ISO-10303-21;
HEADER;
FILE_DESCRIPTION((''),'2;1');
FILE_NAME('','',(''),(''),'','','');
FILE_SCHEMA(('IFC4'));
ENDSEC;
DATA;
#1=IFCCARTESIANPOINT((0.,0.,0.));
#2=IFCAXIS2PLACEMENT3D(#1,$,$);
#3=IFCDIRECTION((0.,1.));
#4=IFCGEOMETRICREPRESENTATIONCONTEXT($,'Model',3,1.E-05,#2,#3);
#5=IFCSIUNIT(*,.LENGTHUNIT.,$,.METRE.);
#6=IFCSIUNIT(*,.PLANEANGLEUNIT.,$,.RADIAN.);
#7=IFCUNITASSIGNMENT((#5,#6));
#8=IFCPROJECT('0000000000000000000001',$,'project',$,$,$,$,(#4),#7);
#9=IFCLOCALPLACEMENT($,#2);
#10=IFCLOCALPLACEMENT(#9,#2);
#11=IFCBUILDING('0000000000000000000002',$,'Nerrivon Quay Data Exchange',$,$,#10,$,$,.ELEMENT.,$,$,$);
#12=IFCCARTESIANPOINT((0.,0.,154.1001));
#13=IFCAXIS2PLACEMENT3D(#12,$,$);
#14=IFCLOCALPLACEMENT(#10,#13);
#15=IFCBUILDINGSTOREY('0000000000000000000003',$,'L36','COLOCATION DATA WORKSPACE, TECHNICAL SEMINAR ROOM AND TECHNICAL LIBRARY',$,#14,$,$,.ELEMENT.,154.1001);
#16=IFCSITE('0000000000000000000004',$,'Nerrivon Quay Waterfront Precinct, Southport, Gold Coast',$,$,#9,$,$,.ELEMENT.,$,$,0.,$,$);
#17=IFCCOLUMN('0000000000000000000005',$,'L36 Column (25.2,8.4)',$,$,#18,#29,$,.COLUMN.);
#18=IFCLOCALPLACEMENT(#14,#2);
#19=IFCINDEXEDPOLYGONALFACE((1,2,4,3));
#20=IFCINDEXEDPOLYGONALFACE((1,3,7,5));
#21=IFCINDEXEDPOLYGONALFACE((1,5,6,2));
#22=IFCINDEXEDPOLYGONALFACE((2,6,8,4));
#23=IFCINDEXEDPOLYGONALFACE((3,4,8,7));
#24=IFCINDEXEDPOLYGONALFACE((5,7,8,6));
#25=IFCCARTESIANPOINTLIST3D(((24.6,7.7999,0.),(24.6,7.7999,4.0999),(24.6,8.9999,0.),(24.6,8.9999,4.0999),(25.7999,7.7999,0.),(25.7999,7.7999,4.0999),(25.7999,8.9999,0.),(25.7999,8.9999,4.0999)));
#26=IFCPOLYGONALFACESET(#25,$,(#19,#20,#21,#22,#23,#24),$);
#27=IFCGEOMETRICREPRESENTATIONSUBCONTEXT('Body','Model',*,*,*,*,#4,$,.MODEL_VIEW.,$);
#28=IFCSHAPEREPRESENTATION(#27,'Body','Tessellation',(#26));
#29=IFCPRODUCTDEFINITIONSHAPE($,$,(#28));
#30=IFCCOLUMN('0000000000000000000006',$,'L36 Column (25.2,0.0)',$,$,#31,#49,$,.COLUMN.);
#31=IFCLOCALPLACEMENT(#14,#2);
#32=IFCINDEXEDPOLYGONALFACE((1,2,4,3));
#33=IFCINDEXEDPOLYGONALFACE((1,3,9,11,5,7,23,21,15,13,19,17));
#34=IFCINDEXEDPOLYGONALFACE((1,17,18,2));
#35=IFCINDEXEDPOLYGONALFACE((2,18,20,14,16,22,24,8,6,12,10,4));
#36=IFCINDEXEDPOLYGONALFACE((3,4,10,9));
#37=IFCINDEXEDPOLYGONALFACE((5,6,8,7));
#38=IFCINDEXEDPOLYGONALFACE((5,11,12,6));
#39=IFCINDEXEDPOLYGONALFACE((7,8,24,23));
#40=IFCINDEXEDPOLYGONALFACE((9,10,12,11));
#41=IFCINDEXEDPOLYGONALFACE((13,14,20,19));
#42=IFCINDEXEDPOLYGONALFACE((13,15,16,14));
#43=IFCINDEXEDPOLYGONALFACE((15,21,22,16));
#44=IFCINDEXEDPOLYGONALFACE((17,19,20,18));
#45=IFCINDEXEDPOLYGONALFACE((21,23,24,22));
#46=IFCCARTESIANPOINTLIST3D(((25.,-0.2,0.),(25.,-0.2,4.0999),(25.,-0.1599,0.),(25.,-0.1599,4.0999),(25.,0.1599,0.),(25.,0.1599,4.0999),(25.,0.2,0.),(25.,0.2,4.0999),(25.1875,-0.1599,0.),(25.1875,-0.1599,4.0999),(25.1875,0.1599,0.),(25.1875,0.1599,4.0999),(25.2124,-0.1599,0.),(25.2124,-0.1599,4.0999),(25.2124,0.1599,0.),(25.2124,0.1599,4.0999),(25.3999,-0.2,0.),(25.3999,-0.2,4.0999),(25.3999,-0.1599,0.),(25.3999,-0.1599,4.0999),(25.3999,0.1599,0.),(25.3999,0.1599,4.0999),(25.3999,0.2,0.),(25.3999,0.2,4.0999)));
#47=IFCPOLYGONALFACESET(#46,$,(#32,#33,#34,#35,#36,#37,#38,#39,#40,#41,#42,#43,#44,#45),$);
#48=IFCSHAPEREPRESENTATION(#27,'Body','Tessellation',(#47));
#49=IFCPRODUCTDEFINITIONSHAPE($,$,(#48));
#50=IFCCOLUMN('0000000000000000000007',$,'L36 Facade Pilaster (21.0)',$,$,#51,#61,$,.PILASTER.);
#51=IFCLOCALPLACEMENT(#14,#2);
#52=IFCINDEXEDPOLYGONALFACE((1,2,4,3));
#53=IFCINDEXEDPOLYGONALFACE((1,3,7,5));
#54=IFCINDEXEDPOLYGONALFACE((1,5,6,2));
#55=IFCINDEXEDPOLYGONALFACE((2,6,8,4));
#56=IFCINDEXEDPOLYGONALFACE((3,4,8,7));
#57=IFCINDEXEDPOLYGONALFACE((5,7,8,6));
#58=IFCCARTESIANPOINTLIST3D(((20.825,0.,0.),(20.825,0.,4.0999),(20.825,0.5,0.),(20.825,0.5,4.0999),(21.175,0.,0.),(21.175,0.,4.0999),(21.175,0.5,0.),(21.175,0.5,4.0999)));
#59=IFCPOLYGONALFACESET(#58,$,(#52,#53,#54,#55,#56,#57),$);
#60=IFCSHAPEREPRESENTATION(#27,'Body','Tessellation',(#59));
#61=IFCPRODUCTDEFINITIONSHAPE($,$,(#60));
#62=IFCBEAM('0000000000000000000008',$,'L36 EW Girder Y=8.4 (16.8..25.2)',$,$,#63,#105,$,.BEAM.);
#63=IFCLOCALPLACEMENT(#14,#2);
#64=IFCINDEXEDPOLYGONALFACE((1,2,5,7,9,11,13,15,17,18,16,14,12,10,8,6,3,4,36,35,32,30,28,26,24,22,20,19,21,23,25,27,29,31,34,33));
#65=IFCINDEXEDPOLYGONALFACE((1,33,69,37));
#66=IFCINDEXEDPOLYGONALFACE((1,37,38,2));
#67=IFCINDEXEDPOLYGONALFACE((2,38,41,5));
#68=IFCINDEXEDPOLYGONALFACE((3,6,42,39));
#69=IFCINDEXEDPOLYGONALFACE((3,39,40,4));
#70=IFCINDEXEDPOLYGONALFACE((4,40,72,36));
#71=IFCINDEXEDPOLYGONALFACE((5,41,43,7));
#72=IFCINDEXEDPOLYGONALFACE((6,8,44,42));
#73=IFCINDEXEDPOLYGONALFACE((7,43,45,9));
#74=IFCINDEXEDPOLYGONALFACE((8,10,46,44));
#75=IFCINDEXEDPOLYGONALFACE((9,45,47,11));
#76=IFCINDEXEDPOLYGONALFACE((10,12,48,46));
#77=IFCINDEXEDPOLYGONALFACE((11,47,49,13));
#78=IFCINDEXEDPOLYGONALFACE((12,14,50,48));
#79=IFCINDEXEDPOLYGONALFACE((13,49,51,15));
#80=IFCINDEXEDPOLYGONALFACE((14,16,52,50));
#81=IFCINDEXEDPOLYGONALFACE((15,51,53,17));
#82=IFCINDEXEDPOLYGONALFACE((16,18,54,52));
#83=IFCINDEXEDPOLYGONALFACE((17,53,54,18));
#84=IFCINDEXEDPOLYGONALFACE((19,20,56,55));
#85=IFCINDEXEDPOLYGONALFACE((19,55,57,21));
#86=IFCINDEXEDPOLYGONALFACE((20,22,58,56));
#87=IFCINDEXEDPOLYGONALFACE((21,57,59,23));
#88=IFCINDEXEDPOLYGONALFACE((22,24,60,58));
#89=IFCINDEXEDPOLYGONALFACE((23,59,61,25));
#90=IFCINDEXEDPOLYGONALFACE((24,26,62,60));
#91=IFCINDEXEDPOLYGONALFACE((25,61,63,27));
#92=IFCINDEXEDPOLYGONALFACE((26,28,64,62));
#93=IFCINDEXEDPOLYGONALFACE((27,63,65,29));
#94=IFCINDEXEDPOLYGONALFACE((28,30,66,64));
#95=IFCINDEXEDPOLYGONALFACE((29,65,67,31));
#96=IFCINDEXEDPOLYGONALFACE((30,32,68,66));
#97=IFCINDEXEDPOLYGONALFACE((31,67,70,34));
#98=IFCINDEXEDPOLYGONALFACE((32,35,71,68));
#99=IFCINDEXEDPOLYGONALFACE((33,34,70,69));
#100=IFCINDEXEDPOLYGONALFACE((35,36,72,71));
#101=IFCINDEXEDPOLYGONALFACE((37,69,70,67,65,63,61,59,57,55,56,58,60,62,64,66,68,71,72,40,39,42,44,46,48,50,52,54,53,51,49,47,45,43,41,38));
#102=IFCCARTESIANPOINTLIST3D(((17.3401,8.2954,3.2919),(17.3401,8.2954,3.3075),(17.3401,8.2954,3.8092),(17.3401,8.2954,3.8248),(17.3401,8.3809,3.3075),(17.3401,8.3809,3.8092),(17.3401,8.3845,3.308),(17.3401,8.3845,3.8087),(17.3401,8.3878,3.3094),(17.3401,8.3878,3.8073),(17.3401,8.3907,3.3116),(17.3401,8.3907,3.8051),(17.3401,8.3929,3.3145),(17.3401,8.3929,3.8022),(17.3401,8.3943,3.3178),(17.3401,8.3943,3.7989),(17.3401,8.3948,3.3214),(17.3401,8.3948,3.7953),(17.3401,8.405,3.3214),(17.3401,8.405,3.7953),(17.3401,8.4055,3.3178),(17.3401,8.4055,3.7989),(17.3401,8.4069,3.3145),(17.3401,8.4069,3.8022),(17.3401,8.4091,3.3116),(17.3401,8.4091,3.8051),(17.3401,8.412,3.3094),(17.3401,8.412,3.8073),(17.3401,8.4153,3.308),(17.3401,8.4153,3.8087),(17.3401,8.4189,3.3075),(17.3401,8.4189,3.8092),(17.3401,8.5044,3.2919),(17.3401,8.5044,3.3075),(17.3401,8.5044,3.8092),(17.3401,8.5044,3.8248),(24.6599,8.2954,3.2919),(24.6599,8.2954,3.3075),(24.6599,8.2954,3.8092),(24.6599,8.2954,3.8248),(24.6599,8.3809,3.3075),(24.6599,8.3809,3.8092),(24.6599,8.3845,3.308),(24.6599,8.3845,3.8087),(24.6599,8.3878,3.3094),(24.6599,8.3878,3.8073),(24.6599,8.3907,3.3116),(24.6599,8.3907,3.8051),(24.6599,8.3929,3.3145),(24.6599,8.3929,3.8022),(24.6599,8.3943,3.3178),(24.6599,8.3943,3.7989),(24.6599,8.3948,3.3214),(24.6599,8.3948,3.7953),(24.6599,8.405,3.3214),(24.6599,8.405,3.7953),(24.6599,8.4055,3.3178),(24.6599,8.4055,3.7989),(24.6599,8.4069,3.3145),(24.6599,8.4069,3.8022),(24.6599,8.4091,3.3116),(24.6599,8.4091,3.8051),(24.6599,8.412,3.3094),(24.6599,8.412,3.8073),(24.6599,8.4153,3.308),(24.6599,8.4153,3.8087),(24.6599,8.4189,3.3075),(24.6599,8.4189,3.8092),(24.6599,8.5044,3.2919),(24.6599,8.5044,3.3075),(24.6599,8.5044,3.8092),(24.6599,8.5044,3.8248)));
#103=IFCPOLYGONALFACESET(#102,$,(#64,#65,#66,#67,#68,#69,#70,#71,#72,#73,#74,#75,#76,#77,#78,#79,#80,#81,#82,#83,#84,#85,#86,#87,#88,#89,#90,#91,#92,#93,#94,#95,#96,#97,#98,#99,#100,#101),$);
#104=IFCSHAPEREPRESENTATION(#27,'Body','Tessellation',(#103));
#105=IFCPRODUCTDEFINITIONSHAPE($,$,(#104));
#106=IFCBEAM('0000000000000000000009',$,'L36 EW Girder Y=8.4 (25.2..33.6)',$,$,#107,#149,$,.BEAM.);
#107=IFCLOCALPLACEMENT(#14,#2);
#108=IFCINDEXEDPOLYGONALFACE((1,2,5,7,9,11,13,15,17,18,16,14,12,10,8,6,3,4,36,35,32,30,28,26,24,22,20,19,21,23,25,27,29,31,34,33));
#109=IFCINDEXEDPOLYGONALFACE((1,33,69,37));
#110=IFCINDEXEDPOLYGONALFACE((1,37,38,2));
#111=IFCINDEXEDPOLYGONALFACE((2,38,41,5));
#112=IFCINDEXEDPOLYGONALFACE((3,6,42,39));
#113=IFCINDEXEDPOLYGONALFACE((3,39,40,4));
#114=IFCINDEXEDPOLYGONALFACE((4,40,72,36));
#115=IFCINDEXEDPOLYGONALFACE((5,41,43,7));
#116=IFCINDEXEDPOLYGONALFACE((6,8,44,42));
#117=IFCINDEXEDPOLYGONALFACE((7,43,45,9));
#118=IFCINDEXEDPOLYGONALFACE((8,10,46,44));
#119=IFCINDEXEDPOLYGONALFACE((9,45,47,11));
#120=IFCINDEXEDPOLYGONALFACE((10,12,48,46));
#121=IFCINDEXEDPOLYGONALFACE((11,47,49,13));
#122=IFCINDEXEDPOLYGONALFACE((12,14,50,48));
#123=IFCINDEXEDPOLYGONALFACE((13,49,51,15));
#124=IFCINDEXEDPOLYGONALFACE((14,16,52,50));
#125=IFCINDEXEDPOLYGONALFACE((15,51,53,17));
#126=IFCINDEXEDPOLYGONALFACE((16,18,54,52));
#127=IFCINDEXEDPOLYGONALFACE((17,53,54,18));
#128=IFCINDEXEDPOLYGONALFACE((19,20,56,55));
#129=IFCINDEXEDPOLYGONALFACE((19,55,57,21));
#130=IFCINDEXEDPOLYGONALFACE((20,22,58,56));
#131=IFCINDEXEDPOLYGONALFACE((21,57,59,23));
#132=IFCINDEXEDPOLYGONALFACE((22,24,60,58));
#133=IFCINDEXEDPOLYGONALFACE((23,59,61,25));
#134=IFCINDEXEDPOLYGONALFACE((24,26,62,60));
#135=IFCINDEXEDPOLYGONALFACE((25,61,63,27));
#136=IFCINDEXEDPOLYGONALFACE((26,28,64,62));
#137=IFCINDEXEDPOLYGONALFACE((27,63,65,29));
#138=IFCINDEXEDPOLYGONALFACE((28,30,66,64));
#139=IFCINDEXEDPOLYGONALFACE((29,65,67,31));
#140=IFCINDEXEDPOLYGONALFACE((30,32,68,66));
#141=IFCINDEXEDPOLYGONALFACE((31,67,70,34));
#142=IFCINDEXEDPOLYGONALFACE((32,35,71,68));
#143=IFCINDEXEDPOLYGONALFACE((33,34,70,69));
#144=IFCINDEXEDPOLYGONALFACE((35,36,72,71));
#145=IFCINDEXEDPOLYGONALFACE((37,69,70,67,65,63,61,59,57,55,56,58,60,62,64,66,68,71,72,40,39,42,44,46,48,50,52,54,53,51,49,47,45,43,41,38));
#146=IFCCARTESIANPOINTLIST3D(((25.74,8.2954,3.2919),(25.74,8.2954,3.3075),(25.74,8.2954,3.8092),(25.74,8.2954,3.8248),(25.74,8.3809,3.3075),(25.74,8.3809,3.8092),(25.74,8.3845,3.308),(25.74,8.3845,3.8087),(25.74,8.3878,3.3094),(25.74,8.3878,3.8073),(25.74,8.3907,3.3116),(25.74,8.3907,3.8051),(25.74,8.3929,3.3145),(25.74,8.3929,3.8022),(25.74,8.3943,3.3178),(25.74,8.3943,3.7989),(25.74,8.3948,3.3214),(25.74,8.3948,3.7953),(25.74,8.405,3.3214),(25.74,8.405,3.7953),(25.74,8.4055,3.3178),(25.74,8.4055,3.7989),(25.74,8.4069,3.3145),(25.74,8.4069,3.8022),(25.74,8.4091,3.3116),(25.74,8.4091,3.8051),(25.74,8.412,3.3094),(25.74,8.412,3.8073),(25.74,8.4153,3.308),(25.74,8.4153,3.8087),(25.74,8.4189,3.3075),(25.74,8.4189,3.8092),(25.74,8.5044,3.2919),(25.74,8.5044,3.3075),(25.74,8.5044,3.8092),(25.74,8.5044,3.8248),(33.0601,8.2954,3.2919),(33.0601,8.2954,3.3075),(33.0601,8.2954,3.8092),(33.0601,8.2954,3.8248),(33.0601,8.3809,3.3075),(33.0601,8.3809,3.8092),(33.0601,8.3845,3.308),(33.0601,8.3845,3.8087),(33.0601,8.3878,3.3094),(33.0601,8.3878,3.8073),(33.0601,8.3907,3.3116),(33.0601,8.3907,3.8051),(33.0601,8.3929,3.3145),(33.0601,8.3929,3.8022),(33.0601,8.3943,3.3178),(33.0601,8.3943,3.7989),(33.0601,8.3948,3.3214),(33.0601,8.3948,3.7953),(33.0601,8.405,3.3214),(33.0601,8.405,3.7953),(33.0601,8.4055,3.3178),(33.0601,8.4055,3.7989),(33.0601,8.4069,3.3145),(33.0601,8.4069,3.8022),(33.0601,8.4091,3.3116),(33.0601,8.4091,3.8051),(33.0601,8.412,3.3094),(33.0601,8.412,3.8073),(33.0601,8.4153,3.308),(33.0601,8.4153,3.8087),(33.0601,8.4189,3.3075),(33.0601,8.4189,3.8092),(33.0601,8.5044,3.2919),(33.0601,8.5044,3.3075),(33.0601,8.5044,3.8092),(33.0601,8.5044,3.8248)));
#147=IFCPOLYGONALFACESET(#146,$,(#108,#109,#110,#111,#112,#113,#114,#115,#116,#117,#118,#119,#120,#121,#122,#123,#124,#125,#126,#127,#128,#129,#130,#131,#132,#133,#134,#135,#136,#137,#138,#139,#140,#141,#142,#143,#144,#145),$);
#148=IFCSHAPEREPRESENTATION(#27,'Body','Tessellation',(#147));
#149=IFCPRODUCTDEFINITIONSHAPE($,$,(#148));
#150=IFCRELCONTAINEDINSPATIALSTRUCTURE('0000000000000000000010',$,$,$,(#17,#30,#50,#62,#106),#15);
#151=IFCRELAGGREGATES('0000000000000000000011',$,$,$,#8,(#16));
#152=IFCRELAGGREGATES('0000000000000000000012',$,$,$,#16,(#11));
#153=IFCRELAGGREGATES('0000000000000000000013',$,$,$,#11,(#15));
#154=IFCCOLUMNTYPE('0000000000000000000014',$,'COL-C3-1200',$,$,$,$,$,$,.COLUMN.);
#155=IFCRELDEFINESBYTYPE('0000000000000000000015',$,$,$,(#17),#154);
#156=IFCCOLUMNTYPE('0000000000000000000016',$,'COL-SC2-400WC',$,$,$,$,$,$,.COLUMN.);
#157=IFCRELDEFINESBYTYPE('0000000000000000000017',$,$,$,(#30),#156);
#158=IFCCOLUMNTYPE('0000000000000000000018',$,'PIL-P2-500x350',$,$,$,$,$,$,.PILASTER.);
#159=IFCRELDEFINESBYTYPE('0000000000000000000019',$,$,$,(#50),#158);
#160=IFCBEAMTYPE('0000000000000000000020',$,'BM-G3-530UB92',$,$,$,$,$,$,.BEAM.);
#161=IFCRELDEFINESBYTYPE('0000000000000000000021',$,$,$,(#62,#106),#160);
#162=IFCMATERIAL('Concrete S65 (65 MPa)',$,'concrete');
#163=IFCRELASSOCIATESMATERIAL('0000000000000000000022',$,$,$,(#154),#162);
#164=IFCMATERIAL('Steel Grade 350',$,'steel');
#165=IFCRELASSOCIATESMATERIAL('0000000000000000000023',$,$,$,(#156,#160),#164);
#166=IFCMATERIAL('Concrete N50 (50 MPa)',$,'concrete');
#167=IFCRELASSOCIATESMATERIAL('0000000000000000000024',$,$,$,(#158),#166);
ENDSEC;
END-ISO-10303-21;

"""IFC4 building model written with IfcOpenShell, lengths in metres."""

from ifc_helpers import new_model, si_unit, direction, frame, origin, origin_2d, place, context, subcontext, project, spatial, rectangle, i_section, extrude, material, material_profile, profile_set, type_object, element, save


model = new_model("IFC4")

# Units and contexts
model_context = context("Model", 3, precision=1e-05, world=origin(), true_north=direction((0.0, 1.0)))
body_context = subcontext(model_context, "Body", "Model", "MODEL_VIEW")
ifc_project = project(units=[si_unit("LENGTHUNIT", "METRE"), si_unit("PLANEANGLEUNIT", "RADIAN")], contexts=[model_context])

# Site, building, storey
site_placement = place(None, origin())
site = spatial("IfcSite", under=ifc_project, at=site_placement, Name="Nerrivon Quay Waterfront Precinct, Southport, Gold Coast", CompositionType="ELEMENT", RefElevation=0.0)
building_placement = place(site_placement, origin())
building = spatial("IfcBuilding", under=site, at=building_placement, Name="Nerrivon Quay Data Exchange", CompositionType="ELEMENT")
storey_placement = place(building_placement, frame((0.0, 0.0, 154.1001)))
storey = spatial("IfcBuildingStorey", under=building, at=storey_placement, Name="L36", Description="COLOCATION DATA WORKSPACE, TECHNICAL SEMINAR ROOM AND TECHNICAL LIBRARY", CompositionType="ELEMENT", Elevation=154.1001)

# Columns
ifc_material_1 = material(Name="Concrete S65 (65 MPa)", Category="concrete")
ifc_material_profile_1 = material_profile(ifc_material_1, rectangle(XDim=1.2, YDim=1.2, at=origin_2d()), Name="RC-COL-1200x1200")
ifc_profile_set_1 = profile_set([ifc_material_profile_1], Name="Concrete S65 (65 MPa)")
column_type_1 = type_object("IfcColumnType", Name="COL-C3-1200", PredefinedType="COLUMN", material=ifc_profile_set_1)
column_1_placement = place(storey_placement, frame((25.2, 8.3999, 0.0), z_axis=(0.0, 0.0, 1.0), x_axis=(1.0, 0.0, 0.0)))
element("IfcColumn", 1, at=column_1_placement, inside=storey, type_object=column_type_1, Name="L36 Column (25.2,8.4)", PredefinedType="COLUMN", context=body_context, shape_type="SweptSolid", body=[
    extrude(rectangle(XDim=1.2, YDim=1.2, at=origin_2d()), origin(), (0.0, 0.0, 1.0), 4.0999),
])
ifc_material_2 = material(Name="Steel Grade 350", Category="steel")
ifc_material_profile_2 = material_profile(ifc_material_2, i_section(OverallWidth=0.3999, OverallDepth=0.3999, WebThickness=0.0249, FlangeThickness=0.04, at=origin_2d()), Name="400WC328")
ifc_profile_set_2 = profile_set([ifc_material_profile_2], Name="Steel Grade 350")
column_type_2 = type_object("IfcColumnType", Name="COL-SC2-400WC", PredefinedType="COLUMN", material=ifc_profile_set_2)
column_2_placement = place(storey_placement, frame((25.2, 0.0, 0.0), z_axis=(0.0, 0.0, 1.0), x_axis=(1.0, 0.0, 0.0)))
element("IfcColumn", 2, at=column_2_placement, inside=storey, type_object=column_type_2, Name="L36 Column (25.2,0.0)", PredefinedType="COLUMN", context=body_context, shape_type="SweptSolid", body=[
    extrude(i_section(OverallWidth=0.3999, OverallDepth=0.3999, WebThickness=0.0249, FlangeThickness=0.04, at=origin_2d()), origin(), (0.0, 0.0, 1.0), 4.0999),
])
ifc_material_3 = material(Name="Concrete N50 (50 MPa)", Category="concrete")
ifc_material_profile_3 = material_profile(ifc_material_3, rectangle(XDim=0.3501, YDim=0.5, at=origin_2d()), Name="RC-PIL-500x350")
ifc_profile_set_3 = profile_set([ifc_material_profile_3], Name="Concrete N50 (50 MPa)")
column_type_3 = type_object("IfcColumnType", Name="PIL-P2-500x350", PredefinedType="PILASTER", material=ifc_profile_set_3)
column_3_placement = place(storey_placement, frame((21.0, 0.25, 0.0), z_axis=(0.0, 0.0, 1.0), x_axis=(1.0, 0.0, 0.0)))
element("IfcColumn", 3, at=column_3_placement, inside=storey, type_object=column_type_3, Name="L36 Facade Pilaster (21.0)", PredefinedType="PILASTER", context=body_context, shape_type="SweptSolid", body=[
    extrude(rectangle(XDim=0.3501, YDim=0.5, at=origin_2d()), origin(), (0.0, 0.0, 1.0), 4.0999),
])

# Beams
ifc_material_profile_4 = material_profile(ifc_material_2, i_section(OverallWidth=0.209, OverallDepth=0.533, WebThickness=0.0103, FlangeThickness=0.0156, FilletRadius=0.0139, at=origin_2d()), Name="530UB92.4")
ifc_profile_set_4 = profile_set([ifc_material_profile_4], Name="Steel Grade 350")
beam_type_1 = type_object("IfcBeamType", Name="BM-G3-530UB92", PredefinedType="BEAM", material=ifc_profile_set_4)
beam_1_placement = place(storey_placement, frame((17.3401, 8.3999, 3.5583), z_axis=(1.0, 0.0, 0.0), x_axis=(0.0, 1.0, 0.0)))
element("IfcBeam", 4, at=beam_1_placement, inside=storey, type_object=beam_type_1, Name="L36 EW Girder Y=8.4 (16.8..25.2)", PredefinedType="BEAM", context=body_context, shape_type="SweptSolid", body=[
    extrude(i_section(OverallWidth=0.209, OverallDepth=0.533, WebThickness=0.0103, FlangeThickness=0.0156, FilletRadius=0.0139, at=origin_2d()), origin(), (0.0, 0.0, 1.0), 7.3198),
])
beam_2_placement = place(storey_placement, frame((25.74, 8.3999, 3.5583), z_axis=(1.0, 0.0, 0.0), x_axis=(0.0, 1.0, 0.0)))
element("IfcBeam", 5, at=beam_2_placement, inside=storey, type_object=beam_type_1, Name="L36 EW Girder Y=8.4 (25.2..33.6)", PredefinedType="BEAM", context=body_context, shape_type="SweptSolid", body=[
    extrude(i_section(OverallWidth=0.209, OverallDepth=0.533, WebThickness=0.0103, FlangeThickness=0.0156, FilletRadius=0.0139, at=origin_2d()), origin(), (0.0, 0.0, 1.0), 7.3201),
])

save(model, "model.ifc")
